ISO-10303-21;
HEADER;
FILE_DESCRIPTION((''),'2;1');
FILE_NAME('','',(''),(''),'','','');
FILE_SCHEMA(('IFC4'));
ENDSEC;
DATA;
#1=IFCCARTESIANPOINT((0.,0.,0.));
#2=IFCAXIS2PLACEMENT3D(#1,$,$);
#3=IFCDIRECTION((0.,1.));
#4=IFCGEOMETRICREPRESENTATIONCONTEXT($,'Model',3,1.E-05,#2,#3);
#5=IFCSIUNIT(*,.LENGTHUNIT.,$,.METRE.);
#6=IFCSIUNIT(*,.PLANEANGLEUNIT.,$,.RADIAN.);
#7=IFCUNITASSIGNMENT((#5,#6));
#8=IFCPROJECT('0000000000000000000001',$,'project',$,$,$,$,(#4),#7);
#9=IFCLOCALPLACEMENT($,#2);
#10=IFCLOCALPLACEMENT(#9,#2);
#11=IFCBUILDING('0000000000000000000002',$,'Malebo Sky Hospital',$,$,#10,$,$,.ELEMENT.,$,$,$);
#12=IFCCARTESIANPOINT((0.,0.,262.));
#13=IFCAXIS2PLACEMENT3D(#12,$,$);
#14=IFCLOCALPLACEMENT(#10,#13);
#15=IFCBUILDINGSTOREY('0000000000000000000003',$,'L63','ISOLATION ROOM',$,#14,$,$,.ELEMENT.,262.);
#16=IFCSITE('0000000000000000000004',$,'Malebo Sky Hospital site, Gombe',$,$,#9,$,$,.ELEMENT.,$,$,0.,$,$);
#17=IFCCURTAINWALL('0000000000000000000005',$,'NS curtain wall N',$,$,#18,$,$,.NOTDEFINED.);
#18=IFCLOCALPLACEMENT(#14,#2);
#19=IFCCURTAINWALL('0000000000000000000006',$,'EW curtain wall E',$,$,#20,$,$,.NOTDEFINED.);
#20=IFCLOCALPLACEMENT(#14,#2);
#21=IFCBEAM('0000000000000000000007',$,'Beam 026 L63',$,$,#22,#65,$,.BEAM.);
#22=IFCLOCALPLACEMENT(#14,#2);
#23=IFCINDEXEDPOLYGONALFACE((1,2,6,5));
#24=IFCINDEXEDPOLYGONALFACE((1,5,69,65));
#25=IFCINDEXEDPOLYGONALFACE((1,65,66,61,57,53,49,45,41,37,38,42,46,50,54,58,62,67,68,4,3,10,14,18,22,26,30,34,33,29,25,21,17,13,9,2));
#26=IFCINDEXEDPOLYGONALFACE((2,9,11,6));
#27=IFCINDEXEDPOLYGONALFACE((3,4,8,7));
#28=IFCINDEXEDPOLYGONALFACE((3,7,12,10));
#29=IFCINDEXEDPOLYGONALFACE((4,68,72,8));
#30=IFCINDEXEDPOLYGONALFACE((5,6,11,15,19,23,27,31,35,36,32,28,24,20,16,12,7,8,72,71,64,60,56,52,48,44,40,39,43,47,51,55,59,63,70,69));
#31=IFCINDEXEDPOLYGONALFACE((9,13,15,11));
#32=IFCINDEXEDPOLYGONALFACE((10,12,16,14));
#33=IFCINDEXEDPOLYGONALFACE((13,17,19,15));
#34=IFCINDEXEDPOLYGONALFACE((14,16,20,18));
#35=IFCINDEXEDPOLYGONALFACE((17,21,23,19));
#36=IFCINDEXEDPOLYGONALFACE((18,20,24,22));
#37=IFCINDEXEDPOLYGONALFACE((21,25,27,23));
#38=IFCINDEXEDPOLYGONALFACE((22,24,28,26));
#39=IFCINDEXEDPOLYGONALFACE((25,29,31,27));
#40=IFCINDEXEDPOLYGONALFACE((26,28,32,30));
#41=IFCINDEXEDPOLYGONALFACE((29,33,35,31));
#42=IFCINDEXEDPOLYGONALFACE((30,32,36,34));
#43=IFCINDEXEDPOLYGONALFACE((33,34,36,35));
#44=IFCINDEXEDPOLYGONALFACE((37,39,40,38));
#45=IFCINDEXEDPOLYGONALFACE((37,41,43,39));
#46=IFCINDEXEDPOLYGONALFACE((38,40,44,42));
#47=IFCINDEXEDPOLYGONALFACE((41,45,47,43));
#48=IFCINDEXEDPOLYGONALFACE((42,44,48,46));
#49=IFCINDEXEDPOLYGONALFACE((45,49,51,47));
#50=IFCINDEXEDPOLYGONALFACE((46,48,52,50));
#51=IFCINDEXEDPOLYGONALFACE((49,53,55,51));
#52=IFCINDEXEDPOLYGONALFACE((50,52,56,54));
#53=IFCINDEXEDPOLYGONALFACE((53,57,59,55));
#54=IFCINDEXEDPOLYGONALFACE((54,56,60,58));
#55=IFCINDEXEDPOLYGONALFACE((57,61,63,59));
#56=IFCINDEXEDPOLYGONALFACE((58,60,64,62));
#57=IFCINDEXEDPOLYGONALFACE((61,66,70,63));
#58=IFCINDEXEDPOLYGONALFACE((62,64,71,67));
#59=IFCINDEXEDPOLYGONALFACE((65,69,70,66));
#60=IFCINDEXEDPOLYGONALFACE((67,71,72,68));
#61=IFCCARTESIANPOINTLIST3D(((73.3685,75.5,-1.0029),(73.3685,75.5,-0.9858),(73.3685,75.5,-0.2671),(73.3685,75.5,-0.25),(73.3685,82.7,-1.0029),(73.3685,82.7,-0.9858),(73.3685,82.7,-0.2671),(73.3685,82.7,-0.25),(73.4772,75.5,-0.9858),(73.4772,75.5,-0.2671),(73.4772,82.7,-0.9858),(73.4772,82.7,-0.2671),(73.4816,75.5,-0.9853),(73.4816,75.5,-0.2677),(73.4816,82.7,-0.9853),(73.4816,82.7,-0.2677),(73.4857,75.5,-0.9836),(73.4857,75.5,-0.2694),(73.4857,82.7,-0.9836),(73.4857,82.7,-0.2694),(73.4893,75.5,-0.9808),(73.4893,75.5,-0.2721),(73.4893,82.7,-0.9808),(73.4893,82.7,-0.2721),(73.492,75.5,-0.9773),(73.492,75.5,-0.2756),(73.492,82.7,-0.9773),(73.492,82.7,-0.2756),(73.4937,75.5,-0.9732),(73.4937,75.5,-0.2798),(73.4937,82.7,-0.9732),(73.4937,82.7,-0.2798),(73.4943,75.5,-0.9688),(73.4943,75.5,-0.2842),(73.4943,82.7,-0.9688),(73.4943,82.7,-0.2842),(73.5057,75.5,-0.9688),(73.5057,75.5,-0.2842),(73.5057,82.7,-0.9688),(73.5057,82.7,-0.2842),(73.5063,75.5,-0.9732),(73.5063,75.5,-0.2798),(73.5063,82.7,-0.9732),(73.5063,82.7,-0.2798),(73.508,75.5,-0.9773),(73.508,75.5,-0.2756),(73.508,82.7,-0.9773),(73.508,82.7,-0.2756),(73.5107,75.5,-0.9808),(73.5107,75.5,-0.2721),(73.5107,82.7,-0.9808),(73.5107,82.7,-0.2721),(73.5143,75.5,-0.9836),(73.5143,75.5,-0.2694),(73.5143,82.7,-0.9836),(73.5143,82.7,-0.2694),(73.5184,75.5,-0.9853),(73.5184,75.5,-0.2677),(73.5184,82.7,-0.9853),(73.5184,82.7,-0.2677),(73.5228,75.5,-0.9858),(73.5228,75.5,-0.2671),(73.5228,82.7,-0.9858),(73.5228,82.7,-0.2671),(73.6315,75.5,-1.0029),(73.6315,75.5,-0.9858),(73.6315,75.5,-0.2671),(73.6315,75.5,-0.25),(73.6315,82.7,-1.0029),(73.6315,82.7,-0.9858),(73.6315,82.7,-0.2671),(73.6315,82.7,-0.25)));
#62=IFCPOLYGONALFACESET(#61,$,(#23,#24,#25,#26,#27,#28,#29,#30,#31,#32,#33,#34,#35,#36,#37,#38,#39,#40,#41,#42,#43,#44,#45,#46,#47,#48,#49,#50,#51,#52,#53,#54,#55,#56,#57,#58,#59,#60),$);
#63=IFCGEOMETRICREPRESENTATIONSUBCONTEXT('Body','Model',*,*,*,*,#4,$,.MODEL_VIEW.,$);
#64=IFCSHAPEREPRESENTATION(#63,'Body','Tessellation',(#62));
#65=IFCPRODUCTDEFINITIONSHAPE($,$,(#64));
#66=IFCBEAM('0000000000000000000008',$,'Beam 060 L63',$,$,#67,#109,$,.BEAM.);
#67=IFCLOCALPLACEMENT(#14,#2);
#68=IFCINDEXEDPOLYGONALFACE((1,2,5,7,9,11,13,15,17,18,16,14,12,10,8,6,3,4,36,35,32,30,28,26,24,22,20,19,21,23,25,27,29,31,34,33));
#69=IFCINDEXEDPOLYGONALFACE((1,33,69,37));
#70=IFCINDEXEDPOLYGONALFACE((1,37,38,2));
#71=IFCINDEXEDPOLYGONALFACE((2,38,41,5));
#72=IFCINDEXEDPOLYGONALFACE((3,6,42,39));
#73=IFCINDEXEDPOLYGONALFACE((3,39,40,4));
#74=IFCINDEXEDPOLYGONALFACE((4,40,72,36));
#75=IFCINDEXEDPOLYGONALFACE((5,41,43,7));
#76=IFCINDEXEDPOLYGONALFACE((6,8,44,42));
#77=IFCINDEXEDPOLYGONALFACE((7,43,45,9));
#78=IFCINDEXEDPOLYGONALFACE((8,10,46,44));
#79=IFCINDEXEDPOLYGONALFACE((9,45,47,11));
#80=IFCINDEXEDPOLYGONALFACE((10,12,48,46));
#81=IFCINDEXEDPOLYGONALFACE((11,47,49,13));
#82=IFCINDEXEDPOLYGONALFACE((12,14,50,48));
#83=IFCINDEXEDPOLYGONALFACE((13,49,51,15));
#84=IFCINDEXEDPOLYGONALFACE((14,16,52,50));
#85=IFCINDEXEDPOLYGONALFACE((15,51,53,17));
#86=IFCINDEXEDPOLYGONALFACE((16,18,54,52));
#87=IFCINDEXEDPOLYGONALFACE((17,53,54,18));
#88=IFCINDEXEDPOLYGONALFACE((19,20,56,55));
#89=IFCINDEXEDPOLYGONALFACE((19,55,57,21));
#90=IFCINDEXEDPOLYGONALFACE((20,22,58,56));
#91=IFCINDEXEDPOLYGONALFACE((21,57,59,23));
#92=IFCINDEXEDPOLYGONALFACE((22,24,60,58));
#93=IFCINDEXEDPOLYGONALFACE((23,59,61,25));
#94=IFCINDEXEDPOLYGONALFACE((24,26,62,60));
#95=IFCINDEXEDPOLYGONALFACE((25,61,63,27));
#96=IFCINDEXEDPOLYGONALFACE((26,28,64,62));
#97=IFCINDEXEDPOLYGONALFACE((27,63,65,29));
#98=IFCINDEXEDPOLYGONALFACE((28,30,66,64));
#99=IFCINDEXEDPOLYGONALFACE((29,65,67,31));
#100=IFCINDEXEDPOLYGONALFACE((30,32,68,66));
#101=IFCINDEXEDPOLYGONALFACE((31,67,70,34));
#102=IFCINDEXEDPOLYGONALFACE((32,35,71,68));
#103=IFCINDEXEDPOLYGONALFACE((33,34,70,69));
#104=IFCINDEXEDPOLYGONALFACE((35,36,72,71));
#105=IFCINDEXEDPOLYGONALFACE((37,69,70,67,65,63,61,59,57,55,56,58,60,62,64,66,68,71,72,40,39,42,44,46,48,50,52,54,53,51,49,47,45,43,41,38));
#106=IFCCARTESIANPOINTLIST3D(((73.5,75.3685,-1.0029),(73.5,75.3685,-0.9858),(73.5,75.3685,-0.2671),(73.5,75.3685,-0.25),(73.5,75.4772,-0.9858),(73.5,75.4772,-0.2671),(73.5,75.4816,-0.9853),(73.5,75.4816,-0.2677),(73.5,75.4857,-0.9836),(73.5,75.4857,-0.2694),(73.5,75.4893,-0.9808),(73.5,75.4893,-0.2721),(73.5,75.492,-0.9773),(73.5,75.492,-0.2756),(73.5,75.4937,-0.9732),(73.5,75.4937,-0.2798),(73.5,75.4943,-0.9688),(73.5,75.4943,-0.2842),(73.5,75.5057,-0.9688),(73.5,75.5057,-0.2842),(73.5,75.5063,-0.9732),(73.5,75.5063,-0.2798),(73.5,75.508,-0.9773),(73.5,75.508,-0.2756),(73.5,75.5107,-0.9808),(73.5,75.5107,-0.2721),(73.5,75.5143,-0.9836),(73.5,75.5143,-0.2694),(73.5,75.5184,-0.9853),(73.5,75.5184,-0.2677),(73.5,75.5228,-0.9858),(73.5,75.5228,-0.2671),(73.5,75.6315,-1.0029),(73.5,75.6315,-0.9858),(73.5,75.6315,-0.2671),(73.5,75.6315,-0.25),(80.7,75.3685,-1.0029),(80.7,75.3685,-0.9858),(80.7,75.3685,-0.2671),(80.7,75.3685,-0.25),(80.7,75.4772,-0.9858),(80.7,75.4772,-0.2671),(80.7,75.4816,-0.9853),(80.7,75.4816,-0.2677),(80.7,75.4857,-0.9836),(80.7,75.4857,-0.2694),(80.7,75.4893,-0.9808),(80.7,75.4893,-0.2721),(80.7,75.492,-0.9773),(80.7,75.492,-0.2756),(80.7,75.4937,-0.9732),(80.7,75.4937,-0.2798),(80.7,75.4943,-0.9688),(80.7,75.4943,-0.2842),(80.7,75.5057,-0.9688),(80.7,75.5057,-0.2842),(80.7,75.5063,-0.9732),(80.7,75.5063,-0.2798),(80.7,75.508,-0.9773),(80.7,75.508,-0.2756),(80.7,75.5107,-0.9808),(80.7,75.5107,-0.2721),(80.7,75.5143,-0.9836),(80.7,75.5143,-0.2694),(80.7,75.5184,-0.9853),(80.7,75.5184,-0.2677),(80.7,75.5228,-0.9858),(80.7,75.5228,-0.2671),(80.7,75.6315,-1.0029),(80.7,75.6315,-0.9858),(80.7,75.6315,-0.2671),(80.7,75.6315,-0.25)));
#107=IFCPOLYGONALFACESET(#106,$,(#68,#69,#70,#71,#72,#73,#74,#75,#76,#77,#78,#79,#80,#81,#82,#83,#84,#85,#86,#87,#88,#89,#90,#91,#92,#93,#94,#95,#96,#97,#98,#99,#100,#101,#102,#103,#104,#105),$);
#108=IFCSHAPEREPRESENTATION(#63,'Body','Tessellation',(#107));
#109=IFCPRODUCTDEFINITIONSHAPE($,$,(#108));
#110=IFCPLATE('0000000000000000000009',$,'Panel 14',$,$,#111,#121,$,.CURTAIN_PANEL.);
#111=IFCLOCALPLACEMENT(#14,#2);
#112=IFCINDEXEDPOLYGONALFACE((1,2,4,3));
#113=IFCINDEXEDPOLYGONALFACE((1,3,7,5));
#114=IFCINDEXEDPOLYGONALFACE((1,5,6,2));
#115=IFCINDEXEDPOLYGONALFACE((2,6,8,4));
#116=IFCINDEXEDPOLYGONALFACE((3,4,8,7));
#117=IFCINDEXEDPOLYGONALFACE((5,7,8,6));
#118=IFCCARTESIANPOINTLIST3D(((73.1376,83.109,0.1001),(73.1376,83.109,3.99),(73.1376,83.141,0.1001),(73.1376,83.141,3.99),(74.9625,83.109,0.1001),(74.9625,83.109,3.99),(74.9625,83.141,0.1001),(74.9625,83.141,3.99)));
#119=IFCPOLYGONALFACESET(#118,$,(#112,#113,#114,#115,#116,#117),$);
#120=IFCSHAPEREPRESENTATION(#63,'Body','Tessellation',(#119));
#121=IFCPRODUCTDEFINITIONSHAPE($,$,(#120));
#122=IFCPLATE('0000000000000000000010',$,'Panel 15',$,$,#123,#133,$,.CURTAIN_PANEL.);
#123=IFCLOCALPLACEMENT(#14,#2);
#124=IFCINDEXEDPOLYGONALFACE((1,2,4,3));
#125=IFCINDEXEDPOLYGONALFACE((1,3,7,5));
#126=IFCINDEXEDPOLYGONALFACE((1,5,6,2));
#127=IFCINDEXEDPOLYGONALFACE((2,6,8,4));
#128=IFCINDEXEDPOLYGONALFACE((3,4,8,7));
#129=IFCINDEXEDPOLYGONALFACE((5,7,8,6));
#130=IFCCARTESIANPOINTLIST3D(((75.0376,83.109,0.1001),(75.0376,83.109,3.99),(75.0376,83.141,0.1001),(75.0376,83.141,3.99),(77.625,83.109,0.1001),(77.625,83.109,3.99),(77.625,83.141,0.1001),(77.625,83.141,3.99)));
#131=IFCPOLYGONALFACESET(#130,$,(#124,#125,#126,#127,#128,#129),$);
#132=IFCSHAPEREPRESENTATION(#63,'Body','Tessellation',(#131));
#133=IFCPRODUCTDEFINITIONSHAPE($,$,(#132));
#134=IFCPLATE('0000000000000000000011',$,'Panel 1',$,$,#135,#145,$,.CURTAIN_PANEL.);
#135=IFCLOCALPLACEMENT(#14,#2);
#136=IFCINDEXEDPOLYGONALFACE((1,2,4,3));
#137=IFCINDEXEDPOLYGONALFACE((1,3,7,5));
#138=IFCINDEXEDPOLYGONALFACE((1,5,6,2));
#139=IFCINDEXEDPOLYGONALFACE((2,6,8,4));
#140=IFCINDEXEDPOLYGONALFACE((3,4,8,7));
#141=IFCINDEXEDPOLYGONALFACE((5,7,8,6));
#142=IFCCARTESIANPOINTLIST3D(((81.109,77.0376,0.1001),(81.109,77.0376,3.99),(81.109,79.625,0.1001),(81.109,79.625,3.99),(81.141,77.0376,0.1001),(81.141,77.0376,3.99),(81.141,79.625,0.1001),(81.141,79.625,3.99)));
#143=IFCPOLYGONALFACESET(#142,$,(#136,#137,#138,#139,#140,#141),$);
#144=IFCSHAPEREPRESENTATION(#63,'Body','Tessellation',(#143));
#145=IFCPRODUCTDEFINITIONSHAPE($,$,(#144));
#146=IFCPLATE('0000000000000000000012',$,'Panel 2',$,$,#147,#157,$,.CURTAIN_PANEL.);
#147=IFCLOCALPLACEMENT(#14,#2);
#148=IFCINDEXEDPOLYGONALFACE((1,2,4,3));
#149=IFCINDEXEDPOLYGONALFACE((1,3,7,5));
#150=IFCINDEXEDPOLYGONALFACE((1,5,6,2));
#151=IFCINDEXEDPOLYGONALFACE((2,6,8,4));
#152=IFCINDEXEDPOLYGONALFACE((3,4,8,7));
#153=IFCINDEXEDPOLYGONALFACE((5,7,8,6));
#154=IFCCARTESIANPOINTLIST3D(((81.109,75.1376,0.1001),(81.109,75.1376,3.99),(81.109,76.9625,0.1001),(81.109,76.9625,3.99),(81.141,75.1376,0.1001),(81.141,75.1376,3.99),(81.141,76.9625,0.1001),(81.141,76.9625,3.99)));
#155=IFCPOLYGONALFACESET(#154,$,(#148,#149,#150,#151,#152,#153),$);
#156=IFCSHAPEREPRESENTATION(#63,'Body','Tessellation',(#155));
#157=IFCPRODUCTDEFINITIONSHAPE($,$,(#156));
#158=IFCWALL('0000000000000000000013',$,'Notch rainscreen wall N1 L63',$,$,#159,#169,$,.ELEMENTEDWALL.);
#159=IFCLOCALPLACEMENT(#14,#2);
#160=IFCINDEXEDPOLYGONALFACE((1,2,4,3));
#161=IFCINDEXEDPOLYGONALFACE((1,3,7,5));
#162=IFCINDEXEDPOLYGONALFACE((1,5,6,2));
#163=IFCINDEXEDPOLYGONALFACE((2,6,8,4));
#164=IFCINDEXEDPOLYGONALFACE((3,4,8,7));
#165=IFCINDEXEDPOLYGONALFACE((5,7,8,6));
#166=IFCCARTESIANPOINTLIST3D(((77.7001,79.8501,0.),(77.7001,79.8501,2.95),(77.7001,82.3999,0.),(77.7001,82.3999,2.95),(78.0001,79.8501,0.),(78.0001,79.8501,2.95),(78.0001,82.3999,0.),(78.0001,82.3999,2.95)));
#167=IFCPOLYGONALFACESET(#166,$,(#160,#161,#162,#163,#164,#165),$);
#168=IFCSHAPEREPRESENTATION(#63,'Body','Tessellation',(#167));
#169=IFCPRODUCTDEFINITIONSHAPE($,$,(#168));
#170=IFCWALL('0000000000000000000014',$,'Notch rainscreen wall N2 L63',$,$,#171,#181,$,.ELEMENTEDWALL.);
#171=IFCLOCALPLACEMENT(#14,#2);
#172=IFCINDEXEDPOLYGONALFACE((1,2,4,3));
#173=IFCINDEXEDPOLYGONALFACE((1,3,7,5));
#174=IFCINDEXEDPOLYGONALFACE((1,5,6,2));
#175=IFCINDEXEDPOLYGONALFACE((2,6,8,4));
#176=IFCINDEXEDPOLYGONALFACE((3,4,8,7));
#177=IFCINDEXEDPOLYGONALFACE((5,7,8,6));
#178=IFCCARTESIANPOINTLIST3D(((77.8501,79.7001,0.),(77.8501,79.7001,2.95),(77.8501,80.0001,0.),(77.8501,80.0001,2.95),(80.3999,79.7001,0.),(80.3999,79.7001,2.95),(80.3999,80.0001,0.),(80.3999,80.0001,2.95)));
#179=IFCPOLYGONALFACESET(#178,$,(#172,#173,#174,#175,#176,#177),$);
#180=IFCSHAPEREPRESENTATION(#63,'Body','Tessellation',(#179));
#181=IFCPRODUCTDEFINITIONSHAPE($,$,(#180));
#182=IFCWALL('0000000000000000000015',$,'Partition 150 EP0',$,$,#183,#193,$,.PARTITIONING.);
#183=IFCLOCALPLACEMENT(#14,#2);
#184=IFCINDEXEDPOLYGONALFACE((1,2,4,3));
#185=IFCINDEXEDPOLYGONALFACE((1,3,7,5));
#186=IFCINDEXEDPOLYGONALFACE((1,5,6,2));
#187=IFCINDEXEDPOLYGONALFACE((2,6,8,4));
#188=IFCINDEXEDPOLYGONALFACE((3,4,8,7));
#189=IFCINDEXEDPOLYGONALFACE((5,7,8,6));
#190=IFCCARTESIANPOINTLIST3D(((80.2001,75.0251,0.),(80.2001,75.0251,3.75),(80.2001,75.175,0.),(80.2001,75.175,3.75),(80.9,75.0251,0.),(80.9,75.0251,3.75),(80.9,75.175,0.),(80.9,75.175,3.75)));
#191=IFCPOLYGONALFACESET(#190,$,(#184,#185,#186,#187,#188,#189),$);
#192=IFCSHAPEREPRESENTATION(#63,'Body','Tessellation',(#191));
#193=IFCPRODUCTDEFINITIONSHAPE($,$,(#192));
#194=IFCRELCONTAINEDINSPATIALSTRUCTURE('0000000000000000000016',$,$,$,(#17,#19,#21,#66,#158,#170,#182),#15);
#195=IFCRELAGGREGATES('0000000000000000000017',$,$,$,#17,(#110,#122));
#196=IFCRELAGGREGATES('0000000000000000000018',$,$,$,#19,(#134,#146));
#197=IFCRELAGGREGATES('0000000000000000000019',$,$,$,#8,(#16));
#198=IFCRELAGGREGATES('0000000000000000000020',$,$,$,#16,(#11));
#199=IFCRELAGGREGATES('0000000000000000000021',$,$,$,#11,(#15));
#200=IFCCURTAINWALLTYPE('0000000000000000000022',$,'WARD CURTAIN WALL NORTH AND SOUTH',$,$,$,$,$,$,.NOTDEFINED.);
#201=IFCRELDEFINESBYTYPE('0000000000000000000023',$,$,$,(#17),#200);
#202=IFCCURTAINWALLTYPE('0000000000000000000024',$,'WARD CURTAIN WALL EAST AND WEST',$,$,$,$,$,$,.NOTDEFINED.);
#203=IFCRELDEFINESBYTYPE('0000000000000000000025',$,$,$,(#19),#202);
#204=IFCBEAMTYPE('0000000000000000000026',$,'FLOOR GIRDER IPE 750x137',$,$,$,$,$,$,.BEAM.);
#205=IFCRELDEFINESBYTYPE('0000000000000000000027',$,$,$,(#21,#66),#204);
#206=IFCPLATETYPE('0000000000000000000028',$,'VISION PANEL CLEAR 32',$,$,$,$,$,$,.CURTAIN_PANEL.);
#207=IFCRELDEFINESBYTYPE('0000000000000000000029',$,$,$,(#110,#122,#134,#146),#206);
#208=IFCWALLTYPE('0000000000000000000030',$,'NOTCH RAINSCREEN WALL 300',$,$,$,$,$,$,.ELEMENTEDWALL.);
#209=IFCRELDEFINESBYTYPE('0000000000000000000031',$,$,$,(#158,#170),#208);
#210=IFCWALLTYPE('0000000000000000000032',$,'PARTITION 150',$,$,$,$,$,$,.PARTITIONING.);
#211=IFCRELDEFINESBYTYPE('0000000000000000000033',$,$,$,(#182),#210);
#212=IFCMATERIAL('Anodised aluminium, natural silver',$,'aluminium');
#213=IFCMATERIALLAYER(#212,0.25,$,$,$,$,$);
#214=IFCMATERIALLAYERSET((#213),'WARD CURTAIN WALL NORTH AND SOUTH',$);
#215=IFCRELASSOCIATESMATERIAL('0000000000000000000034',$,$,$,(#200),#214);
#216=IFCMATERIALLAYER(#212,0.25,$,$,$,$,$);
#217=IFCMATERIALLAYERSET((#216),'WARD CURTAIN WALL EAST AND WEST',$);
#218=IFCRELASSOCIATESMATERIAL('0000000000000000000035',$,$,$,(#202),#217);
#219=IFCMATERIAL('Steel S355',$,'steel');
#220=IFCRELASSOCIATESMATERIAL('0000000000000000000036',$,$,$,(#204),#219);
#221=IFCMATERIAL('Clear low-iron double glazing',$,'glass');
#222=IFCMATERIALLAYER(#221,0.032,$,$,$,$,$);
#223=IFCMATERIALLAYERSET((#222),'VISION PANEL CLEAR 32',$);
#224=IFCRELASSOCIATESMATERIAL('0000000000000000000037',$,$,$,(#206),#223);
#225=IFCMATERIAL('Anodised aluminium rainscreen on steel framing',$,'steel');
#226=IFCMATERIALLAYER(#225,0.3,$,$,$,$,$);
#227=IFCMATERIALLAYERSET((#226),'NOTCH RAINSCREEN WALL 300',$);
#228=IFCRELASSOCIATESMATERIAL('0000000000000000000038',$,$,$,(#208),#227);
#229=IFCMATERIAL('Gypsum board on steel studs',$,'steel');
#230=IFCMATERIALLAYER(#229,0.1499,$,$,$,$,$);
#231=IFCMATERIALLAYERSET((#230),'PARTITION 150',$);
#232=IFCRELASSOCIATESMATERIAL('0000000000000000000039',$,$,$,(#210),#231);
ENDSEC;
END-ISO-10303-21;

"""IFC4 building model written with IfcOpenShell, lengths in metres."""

from ifc_helpers import new_model, si_unit, direction, frame, frame_2d, origin, origin_2d, place, context, subcontext, project, spatial, rectangle, i_section, extrude, material, layer, layer_set, material_profile, profile_set, type_object, element, aggregate, save


model = new_model("IFC4")

# Units and contexts
model_context = context("Model", 3, precision=1e-05, world=origin(), true_north=direction((0.0, 1.0)))
body_context = subcontext(model_context, "Body", "Model", "MODEL_VIEW")
ifc_project = project(units=[si_unit("LENGTHUNIT", "METRE"), si_unit("PLANEANGLEUNIT", "RADIAN")], contexts=[model_context])

# Site, building, storey
site_placement = place(None, origin())
site = spatial("IfcSite", under=ifc_project, at=site_placement, Name="Malebo Sky Hospital site, Gombe", CompositionType="ELEMENT", RefElevation=0.0)
building_placement = place(site_placement, origin())
building = spatial("IfcBuilding", under=site, at=building_placement, Name="Malebo Sky Hospital", CompositionType="ELEMENT")
storey_placement = place(building_placement, frame((0.0, 0.0, 262.0)))
storey = spatial("IfcBuildingStorey", under=building, at=storey_placement, Name="L63", Description="ISOLATION ROOM", CompositionType="ELEMENT", Elevation=262.0)

# Curtain wall
ifc_material_1 = material(Name="Anodised aluminium, natural silver", Category="aluminium")
ifc_layer_1 = layer(ifc_material_1, 0.25)
ifc_layer_set_1 = layer_set([ifc_layer_1], Name="WARD CURTAIN WALL NORTH AND SOUTH")
curtain_wall_type_1 = type_object("IfcCurtainWallType", Name="WARD CURTAIN WALL NORTH AND SOUTH", PredefinedType="NOTDEFINED", material=ifc_layer_set_1)
curtain_wall_1_placement = place(storey_placement, origin())
curtain_wall_1 = element("IfcCurtainWall", 1, at=curtain_wall_1_placement, inside=storey, type_object=curtain_wall_type_1, Name="NS curtain wall N", PredefinedType="NOTDEFINED")

# Curtain wall
ifc_layer_2 = layer(ifc_material_1, 0.25)
ifc_layer_set_2 = layer_set([ifc_layer_2], Name="WARD CURTAIN WALL EAST AND WEST")
curtain_wall_type_2 = type_object("IfcCurtainWallType", Name="WARD CURTAIN WALL EAST AND WEST", PredefinedType="NOTDEFINED", material=ifc_layer_set_2)
curtain_wall_2_placement = place(storey_placement, origin())
curtain_wall_2 = element("IfcCurtainWall", 2, at=curtain_wall_2_placement, inside=storey, type_object=curtain_wall_type_2, Name="EW curtain wall E", PredefinedType="NOTDEFINED")

# Beams
ifc_material_2 = material(Name="Steel S355", Category="steel")
ifc_material_profile_1 = material_profile(ifc_material_2, i_section(OverallWidth=0.2629, OverallDepth=0.7529, WebThickness=0.0115, FlangeThickness=0.0171, FilletRadius=0.0171, at=origin_2d()), Name="IPE 750x137")
ifc_profile_set_1 = profile_set([ifc_material_profile_1], Name="Steel S355")
beam_type_1 = type_object("IfcBeamType", Name="FLOOR GIRDER IPE 750x137", PredefinedType="BEAM", material=ifc_profile_set_1)
for number, where, z_axis, x_axis, name in (
    (3, (73.5, 75.5, -0.6265), (0.0, 1.0, 0.0), (-1.0, 0.0, 0.0), "Beam 026 L63"),
    (4, (73.5, 75.5, -0.6265), (1.0, 0.0, 0.0), (0.0, 1.0, 0.0), "Beam 060 L63"),
):
    element("IfcBeam", number, at=place(storey_placement, frame(where, z_axis=z_axis, x_axis=x_axis)), inside=storey, type_object=beam_type_1, Name=name, PredefinedType="BEAM", context=body_context, shape_type="SweptSolid", body=[
        extrude(i_section(OverallWidth=0.2629, OverallDepth=0.7529, WebThickness=0.0115, FlangeThickness=0.0171, FilletRadius=0.0171, at=origin_2d()), origin(), (0.0, 0.0, 1.0), 7.2),
    ])

# Plates
ifc_material_3 = material(Name="Clear low-iron double glazing", Category="glass")
ifc_layer_3 = layer(ifc_material_3, 0.032)
ifc_layer_set_3 = layer_set([ifc_layer_3], Name="VISION PANEL CLEAR 32")
plate_type = type_object("IfcPlateType", Name="VISION PANEL CLEAR 32", PredefinedType="CURTAIN_PANEL", material=ifc_layer_set_3)
plate_1_placement = place(storey_placement, frame((74.05, 83.125, 0.1001), z_axis=(0.0, 0.0, 1.0), x_axis=(1.0, 0.0, 0.0)))
plate_1 = element("IfcPlate", 5, at=plate_1_placement, type_object=plate_type, Name="Panel 14", PredefinedType="CURTAIN_PANEL", context=body_context, shape_type="SweptSolid", body=[
    extrude(rectangle(XDim=1.825, YDim=0.032, at=origin_2d()), origin(), (0.0, 0.0, 1.0), 3.8899),
])
plate_2_placement = place(storey_placement, frame((76.3313, 83.125, 0.1001), z_axis=(0.0, 0.0, 1.0), x_axis=(1.0, 0.0, 0.0)))
plate_2 = element("IfcPlate", 6, at=plate_2_placement, type_object=plate_type, Name="Panel 15", PredefinedType="CURTAIN_PANEL", context=body_context, shape_type="SweptSolid", body=[
    extrude(rectangle(XDim=2.5874, YDim=0.032, at=origin_2d()), origin(), (0.0, 0.0, 1.0), 3.8899),
])
aggregate(curtain_wall_1, [plate_1, plate_2])
plate_3_placement = place(storey_placement, frame((81.125, 78.3313, 0.1001), z_axis=(0.0, 0.0, 1.0), x_axis=(0.0, -1.0, 0.0)))
plate_3 = element("IfcPlate", 7, at=plate_3_placement, type_object=plate_type, Name="Panel 1", PredefinedType="CURTAIN_PANEL", context=body_context, shape_type="SweptSolid", body=[
    extrude(rectangle(XDim=2.5874, YDim=0.032, at=origin_2d()), origin(), (0.0, 0.0, 1.0), 3.8899),
])
plate_4_placement = place(storey_placement, frame((81.125, 76.05, 0.1001), z_axis=(0.0, 0.0, 1.0), x_axis=(0.0, -1.0, 0.0)))
plate_4 = element("IfcPlate", 8, at=plate_4_placement, type_object=plate_type, Name="Panel 2", PredefinedType="CURTAIN_PANEL", context=body_context, shape_type="SweptSolid", body=[
    extrude(rectangle(XDim=1.825, YDim=0.032, at=origin_2d()), origin(), (0.0, 0.0, 1.0), 3.8899),
])
aggregate(curtain_wall_2, [plate_3, plate_4])

# Walls
ifc_material_4 = material(Name="Anodised aluminium rainscreen on steel framing", Category="steel")
ifc_layer_4 = layer(ifc_material_4, 0.3)
ifc_layer_set_4 = layer_set([ifc_layer_4], Name="NOTCH RAINSCREEN WALL 300")
wall_type_1 = type_object("IfcWallType", Name="NOTCH RAINSCREEN WALL 300", PredefinedType="ELEMENTEDWALL", material=ifc_layer_set_4)
for number, where, z_axis, x_axis, name in (
    (9, (77.8501, 82.3999, 0.0), (0.0, 0.0, 1.0), (0.0, -1.0, 0.0), "Notch rainscreen wall N1 L63"),
    (10, (77.8501, 79.8501, 0.0), (0.0, 0.0, 1.0), (1.0, 0.0, 0.0), "Notch rainscreen wall N2 L63"),
):
    element("IfcWall", number, at=place(storey_placement, frame(where, z_axis=z_axis, x_axis=x_axis)), inside=storey, type_object=wall_type_1, Name=name, PredefinedType="ELEMENTEDWALL", context=body_context, shape_type="SweptSolid", body=[
        extrude(rectangle(XDim=2.5498, YDim=0.3, at=frame_2d((1.2749, 0.0))), origin(), (0.0, 0.0, 1.0), 2.95),
    ])
ifc_material_5 = material(Name="Gypsum board on steel studs", Category="steel")
ifc_layer_5 = layer(ifc_material_5, 0.1499)
ifc_layer_set_5 = layer_set([ifc_layer_5], Name="PARTITION 150")
wall_type_2 = type_object("IfcWallType", Name="PARTITION 150", PredefinedType="PARTITIONING", material=ifc_layer_set_5)
wall_1_placement = place(storey_placement, frame((80.2, 75.1001, 0.0), z_axis=(0.0, 0.0, 1.0), x_axis=(1.0, 0.0, 0.0)))
element("IfcWall", 11, at=wall_1_placement, inside=storey, type_object=wall_type_2, Name="Partition 150 EP0", PredefinedType="PARTITIONING", context=body_context, shape_type="SweptSolid", body=[
    extrude(rectangle(XDim=0.7, YDim=0.1499, at=frame_2d((0.3501, 0.0))), origin(), (0.0, 0.0, 1.0), 3.75),
])

save(model, "model.ifc")
